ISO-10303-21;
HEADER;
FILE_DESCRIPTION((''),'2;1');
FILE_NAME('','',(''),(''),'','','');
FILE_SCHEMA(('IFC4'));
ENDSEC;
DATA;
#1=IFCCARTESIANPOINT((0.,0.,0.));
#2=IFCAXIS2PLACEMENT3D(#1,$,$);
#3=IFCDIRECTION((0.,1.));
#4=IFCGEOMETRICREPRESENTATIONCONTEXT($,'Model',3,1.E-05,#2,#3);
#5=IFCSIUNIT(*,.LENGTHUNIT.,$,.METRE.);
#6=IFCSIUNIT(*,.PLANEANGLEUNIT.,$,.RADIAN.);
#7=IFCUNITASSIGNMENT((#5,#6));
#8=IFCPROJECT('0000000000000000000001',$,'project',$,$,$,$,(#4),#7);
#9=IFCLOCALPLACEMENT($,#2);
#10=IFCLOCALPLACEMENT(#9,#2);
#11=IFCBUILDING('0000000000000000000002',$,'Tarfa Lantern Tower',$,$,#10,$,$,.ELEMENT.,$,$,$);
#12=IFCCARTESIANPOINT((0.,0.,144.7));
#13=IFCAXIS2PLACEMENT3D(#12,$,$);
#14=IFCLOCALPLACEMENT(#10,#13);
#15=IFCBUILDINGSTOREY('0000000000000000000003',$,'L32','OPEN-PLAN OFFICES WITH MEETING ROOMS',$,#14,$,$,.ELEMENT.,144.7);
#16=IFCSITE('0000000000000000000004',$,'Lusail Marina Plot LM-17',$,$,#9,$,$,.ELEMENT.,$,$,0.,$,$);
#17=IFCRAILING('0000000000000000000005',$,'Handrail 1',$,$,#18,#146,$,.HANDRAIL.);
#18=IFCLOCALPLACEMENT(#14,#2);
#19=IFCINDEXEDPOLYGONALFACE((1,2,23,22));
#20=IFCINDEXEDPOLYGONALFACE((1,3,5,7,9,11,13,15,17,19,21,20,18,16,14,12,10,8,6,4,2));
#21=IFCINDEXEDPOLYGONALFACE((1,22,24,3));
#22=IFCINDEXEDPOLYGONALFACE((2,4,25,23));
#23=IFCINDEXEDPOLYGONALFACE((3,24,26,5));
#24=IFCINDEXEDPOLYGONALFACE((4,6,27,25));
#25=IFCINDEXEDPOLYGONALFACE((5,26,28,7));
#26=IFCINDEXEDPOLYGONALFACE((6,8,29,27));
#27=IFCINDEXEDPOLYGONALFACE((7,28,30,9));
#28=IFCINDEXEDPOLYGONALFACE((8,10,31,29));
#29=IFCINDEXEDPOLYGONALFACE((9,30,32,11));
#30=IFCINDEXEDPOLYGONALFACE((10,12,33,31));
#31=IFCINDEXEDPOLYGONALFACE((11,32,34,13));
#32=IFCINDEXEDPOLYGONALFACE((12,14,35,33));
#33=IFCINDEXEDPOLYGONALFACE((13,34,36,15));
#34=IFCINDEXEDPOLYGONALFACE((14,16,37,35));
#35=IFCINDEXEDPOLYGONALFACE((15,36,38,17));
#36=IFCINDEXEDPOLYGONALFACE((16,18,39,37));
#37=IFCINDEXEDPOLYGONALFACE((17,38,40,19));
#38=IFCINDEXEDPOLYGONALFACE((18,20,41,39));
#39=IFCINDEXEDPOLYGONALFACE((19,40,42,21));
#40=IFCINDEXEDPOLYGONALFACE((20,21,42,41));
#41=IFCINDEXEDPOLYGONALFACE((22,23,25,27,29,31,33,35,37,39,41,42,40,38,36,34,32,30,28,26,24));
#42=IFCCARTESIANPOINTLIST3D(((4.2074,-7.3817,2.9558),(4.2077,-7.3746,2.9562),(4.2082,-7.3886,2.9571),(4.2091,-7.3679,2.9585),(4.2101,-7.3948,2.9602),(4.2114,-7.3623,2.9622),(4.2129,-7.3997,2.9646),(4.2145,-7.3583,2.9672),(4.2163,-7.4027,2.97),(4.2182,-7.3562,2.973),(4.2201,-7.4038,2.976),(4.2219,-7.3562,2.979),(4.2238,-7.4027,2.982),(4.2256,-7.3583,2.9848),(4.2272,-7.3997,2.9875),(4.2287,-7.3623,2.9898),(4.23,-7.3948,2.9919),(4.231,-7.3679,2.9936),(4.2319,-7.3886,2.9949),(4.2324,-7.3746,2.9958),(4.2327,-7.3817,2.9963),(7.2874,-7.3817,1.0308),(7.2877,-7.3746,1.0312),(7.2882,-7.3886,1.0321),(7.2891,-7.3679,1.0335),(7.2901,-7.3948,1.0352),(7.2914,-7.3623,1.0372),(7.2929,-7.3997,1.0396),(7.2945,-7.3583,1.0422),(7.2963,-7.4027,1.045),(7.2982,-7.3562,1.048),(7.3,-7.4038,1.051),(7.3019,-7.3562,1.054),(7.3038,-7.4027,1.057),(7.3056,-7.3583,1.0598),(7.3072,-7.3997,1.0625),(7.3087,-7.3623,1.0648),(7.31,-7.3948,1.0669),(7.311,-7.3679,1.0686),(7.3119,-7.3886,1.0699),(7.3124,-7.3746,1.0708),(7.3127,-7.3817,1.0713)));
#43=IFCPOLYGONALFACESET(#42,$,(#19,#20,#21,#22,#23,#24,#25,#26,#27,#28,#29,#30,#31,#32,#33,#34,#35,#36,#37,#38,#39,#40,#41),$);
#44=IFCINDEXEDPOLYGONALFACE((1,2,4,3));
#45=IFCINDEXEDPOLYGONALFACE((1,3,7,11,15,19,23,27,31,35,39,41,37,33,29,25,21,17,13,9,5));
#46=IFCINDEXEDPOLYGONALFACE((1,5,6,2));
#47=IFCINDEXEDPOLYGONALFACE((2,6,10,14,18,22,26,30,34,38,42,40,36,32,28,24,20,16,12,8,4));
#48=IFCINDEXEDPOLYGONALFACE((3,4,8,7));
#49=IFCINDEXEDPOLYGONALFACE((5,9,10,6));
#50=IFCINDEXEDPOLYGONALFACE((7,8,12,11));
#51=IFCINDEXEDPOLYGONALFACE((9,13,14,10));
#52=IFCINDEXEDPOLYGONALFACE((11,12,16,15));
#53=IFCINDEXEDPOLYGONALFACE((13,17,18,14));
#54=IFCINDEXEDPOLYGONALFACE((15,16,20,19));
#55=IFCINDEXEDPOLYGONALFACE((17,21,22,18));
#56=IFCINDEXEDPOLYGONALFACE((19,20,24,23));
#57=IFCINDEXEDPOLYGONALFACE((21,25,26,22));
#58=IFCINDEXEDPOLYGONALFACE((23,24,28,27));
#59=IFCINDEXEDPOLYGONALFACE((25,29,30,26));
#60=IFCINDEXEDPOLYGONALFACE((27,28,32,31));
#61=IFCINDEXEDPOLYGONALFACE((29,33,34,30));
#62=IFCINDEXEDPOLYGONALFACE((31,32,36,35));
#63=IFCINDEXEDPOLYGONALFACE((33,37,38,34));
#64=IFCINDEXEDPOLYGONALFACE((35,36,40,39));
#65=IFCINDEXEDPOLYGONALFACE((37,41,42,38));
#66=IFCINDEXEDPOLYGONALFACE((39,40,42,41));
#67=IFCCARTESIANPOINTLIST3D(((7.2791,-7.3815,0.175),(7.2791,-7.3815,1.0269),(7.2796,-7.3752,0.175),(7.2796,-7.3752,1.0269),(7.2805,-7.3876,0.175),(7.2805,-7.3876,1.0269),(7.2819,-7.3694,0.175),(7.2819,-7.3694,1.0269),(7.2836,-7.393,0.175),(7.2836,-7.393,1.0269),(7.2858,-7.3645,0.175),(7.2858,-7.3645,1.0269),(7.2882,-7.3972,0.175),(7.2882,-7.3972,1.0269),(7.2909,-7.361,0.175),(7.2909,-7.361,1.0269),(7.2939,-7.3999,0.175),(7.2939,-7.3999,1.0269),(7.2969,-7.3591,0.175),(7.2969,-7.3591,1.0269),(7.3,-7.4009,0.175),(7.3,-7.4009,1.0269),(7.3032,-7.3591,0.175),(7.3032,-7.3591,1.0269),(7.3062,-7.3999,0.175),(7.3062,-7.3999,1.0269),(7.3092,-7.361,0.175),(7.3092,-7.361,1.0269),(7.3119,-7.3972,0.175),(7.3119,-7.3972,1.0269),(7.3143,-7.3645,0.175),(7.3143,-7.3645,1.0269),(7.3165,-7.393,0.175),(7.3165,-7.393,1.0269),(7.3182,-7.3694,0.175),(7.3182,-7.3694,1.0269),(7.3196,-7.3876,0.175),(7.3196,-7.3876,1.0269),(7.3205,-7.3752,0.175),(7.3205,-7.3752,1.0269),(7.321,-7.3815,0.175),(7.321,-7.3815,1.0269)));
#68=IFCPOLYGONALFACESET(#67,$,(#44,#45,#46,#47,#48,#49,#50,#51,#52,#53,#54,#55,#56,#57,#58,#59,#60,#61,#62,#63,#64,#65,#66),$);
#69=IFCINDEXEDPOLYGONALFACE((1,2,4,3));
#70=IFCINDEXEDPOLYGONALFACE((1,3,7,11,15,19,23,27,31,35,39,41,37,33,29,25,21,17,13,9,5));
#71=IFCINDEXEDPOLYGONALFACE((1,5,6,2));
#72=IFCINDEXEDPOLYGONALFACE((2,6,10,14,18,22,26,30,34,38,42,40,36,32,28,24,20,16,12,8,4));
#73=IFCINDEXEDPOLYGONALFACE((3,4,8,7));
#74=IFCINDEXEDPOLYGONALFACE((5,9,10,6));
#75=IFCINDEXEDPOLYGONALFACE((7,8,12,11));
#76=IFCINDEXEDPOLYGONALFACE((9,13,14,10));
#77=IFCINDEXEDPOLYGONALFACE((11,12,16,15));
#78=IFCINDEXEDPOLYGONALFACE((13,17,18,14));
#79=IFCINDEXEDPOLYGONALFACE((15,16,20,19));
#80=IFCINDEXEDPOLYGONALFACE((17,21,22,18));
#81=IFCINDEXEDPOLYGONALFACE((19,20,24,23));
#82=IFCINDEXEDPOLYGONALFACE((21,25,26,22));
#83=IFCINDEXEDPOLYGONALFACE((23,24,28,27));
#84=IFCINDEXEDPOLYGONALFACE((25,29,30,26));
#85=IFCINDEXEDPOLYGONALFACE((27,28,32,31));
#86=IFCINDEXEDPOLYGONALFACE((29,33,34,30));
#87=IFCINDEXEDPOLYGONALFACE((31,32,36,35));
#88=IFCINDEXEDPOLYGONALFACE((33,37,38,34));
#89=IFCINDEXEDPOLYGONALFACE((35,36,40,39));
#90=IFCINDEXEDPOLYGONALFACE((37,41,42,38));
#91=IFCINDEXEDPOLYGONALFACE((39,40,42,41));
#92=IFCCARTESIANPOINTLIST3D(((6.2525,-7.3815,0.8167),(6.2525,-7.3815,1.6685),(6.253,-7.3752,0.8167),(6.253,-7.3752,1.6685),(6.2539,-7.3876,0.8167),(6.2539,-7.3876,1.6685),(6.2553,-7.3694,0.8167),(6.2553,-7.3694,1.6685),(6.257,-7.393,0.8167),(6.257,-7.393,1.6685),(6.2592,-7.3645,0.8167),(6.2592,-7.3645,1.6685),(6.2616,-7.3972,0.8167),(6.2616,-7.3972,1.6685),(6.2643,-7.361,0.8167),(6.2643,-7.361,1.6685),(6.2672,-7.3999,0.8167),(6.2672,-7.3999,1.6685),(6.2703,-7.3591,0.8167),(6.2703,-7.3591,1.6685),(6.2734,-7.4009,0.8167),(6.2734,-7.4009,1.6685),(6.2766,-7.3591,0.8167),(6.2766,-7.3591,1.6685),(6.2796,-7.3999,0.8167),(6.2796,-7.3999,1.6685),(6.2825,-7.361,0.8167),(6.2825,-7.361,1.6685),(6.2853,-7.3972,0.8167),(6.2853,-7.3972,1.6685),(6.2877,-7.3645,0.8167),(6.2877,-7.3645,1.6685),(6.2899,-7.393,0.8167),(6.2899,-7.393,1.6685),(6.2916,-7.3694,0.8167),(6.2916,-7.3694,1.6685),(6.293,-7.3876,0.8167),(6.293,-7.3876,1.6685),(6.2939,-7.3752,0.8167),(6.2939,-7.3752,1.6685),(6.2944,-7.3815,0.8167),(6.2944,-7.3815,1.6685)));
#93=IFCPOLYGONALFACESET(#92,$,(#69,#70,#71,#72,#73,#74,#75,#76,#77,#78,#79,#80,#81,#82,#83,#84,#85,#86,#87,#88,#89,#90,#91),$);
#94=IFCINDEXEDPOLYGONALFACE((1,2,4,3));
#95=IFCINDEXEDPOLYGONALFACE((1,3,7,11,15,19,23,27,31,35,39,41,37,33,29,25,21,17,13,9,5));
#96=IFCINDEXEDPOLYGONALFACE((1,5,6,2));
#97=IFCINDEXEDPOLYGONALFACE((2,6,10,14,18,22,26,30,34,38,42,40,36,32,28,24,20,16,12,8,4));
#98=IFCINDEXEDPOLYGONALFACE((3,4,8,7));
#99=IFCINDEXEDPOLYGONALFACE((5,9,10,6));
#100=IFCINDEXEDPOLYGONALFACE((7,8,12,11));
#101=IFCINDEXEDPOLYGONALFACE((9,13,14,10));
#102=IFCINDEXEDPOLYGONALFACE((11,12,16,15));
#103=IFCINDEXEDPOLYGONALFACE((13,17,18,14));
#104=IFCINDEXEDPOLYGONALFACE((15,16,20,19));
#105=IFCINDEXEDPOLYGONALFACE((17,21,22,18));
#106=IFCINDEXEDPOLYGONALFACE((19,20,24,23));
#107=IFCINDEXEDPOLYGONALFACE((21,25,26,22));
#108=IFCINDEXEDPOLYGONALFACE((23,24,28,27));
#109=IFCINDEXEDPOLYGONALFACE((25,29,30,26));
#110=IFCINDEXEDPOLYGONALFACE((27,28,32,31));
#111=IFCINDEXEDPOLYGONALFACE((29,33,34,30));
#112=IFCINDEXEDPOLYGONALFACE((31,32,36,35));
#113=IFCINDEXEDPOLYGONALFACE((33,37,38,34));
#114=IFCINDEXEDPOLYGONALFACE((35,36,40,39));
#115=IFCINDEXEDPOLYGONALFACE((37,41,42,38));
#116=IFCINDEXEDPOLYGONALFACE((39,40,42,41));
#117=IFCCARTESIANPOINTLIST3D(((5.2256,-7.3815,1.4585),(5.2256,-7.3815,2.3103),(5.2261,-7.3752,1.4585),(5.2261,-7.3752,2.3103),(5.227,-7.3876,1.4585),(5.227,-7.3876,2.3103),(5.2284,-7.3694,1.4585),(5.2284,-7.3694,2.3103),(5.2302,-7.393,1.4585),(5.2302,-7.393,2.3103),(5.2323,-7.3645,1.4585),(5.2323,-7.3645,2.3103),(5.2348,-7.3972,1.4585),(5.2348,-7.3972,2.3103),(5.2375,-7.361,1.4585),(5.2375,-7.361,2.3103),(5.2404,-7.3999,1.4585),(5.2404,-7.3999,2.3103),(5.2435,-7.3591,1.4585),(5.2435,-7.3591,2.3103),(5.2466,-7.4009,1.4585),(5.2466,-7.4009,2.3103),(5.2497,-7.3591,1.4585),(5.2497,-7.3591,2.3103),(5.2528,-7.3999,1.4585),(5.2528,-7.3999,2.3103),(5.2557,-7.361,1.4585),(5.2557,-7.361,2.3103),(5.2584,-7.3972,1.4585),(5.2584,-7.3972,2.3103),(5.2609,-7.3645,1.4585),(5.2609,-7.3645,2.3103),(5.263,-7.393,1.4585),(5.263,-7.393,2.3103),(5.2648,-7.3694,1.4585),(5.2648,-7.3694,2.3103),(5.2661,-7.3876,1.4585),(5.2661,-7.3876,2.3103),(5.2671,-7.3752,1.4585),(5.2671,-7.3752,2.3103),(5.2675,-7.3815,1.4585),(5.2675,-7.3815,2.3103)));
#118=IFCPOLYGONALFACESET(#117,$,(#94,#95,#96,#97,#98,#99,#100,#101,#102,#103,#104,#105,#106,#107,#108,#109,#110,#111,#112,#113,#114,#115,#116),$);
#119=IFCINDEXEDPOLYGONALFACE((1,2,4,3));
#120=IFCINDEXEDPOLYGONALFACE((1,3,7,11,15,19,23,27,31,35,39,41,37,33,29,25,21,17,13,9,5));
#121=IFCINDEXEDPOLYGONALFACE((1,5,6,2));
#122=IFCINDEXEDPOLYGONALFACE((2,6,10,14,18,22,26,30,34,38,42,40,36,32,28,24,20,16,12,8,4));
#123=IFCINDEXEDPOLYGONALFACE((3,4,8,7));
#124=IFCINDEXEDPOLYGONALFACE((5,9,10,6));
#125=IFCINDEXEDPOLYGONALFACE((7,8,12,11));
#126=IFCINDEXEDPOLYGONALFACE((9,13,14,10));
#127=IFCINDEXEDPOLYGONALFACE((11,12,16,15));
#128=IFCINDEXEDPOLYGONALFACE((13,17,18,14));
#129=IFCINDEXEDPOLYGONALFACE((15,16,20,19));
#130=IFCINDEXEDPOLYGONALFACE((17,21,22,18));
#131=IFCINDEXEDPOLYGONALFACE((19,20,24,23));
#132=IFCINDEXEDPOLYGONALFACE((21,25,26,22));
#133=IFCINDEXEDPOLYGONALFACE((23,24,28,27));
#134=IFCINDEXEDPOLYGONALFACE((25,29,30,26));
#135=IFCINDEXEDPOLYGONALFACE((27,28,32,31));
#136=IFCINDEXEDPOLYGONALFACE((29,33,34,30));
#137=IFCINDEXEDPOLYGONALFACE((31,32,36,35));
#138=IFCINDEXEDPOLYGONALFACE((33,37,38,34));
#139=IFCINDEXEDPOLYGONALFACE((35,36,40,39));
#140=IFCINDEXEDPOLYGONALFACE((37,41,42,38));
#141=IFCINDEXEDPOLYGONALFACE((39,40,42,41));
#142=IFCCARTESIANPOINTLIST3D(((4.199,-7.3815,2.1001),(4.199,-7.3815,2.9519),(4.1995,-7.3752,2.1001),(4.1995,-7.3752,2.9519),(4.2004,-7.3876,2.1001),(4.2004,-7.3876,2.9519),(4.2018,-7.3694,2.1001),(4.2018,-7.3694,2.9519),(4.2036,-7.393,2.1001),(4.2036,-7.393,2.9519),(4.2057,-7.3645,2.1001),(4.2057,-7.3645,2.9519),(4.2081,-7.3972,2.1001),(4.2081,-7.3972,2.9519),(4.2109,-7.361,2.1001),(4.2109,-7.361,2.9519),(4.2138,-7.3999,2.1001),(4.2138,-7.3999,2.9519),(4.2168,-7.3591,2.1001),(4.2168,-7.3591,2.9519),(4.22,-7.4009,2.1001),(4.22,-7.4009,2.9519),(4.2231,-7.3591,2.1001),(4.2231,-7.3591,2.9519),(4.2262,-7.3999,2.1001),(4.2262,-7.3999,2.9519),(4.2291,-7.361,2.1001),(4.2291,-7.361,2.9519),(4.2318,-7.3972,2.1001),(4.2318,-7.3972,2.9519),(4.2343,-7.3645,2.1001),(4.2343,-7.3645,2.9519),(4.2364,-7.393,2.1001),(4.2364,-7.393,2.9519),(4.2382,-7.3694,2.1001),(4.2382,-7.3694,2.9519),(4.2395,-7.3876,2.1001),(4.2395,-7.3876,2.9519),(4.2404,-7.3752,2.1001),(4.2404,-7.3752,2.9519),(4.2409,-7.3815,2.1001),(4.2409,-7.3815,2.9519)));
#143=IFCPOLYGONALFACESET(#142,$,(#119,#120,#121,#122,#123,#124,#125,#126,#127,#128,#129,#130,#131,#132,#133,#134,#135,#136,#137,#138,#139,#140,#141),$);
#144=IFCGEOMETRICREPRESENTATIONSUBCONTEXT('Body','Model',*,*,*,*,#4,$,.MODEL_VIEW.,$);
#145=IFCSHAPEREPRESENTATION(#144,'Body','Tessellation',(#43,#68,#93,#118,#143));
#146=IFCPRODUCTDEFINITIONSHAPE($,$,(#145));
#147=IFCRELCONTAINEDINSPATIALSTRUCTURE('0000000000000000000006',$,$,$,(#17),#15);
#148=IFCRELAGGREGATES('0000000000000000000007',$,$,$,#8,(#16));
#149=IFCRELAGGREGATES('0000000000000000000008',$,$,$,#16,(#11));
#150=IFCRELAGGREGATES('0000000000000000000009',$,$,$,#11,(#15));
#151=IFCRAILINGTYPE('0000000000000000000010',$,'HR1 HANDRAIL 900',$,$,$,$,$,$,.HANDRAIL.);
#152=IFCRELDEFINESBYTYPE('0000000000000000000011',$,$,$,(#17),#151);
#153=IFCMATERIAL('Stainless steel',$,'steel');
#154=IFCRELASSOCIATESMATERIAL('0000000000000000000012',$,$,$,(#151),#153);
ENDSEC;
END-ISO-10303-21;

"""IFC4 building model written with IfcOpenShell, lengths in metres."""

from ifc_helpers import new_model, si_unit, direction, frame, origin, origin_2d, place, context, subcontext, project, spatial, circle, extrude, material, type_object, element, save


model = new_model("IFC4")

# Units and contexts
model_context = context("Model", 3, precision=1e-05, world=origin(), true_north=direction((0.0, 1.0)))
body_context = subcontext(model_context, "Body", "Model", "MODEL_VIEW")
ifc_project = project(units=[si_unit("LENGTHUNIT", "METRE"), si_unit("PLANEANGLEUNIT", "RADIAN")], contexts=[model_context])

# Site, building, storey
site_placement = place(None, origin())
site = spatial("IfcSite", under=ifc_project, at=site_placement, Name="Lusail Marina Plot LM-17", CompositionType="ELEMENT", RefElevation=0.0)
building_placement = place(site_placement, origin())
building = spatial("IfcBuilding", under=site, at=building_placement, Name="Tarfa Lantern Tower", CompositionType="ELEMENT")
storey_placement = place(building_placement, frame((0.0, 0.0, 144.7)))
storey = spatial("IfcBuildingStorey", under=building, at=storey_placement, Name="L32", Description="OPEN-PLAN OFFICES WITH MEETING ROOMS", CompositionType="ELEMENT", Elevation=144.7)

# Railing
ifc_material_1 = material(Name="Stainless steel", Category="steel")
railing_type = type_object("IfcRailingType", Name="HR1 HANDRAIL 900", PredefinedType="HANDRAIL", material=ifc_material_1)
railing_1_placement = place(storey_placement, frame((7.3, -7.3799, 0.175)))
element("IfcRailing", 1, at=railing_1_placement, inside=storey, type_object=railing_type, Name="Handrail 1", PredefinedType="HANDRAIL", context=body_context, shape_type="SweptSolid", body=[
    extrude(circle(Radius=0.0239, at=origin_2d()), frame((0.0, 0.0, 0.876), z_axis=(-0.847998, 0.0, 0.529999), x_axis=(0.0, -1.0, 0.0)), (0.0, 0.0, 1.0), 3.6321),
    extrude(circle(Radius=0.021, at=origin_2d()), frame((0.0, 0.0, 0.0), z_axis=(0.0, 0.0, 1.0), x_axis=(0.0, -1.0, 0.0)), (0.0, 0.0, 1.0), 0.8518),
    extrude(circle(Radius=0.021, at=origin_2d()), frame((-1.0266, 0.0, 0.6416), z_axis=(0.0, 0.0, 1.0), x_axis=(0.0, -1.0, 0.0)), (0.0, 0.0, 1.0), 0.8518),
    extrude(circle(Radius=0.021, at=origin_2d()), frame((-2.0535, 0.0, 1.2834), z_axis=(0.0, 0.0, 1.0), x_axis=(0.0, -1.0, 0.0)), (0.0, 0.0, 1.0), 0.8518),
    extrude(circle(Radius=0.021, at=origin_2d()), frame((-3.0801, 0.0, 1.925), z_axis=(0.0, 0.0, 1.0), x_axis=(0.0, -1.0, 0.0)), (0.0, 0.0, 1.0), 0.8518),
])

save(model, "model.ifc")
